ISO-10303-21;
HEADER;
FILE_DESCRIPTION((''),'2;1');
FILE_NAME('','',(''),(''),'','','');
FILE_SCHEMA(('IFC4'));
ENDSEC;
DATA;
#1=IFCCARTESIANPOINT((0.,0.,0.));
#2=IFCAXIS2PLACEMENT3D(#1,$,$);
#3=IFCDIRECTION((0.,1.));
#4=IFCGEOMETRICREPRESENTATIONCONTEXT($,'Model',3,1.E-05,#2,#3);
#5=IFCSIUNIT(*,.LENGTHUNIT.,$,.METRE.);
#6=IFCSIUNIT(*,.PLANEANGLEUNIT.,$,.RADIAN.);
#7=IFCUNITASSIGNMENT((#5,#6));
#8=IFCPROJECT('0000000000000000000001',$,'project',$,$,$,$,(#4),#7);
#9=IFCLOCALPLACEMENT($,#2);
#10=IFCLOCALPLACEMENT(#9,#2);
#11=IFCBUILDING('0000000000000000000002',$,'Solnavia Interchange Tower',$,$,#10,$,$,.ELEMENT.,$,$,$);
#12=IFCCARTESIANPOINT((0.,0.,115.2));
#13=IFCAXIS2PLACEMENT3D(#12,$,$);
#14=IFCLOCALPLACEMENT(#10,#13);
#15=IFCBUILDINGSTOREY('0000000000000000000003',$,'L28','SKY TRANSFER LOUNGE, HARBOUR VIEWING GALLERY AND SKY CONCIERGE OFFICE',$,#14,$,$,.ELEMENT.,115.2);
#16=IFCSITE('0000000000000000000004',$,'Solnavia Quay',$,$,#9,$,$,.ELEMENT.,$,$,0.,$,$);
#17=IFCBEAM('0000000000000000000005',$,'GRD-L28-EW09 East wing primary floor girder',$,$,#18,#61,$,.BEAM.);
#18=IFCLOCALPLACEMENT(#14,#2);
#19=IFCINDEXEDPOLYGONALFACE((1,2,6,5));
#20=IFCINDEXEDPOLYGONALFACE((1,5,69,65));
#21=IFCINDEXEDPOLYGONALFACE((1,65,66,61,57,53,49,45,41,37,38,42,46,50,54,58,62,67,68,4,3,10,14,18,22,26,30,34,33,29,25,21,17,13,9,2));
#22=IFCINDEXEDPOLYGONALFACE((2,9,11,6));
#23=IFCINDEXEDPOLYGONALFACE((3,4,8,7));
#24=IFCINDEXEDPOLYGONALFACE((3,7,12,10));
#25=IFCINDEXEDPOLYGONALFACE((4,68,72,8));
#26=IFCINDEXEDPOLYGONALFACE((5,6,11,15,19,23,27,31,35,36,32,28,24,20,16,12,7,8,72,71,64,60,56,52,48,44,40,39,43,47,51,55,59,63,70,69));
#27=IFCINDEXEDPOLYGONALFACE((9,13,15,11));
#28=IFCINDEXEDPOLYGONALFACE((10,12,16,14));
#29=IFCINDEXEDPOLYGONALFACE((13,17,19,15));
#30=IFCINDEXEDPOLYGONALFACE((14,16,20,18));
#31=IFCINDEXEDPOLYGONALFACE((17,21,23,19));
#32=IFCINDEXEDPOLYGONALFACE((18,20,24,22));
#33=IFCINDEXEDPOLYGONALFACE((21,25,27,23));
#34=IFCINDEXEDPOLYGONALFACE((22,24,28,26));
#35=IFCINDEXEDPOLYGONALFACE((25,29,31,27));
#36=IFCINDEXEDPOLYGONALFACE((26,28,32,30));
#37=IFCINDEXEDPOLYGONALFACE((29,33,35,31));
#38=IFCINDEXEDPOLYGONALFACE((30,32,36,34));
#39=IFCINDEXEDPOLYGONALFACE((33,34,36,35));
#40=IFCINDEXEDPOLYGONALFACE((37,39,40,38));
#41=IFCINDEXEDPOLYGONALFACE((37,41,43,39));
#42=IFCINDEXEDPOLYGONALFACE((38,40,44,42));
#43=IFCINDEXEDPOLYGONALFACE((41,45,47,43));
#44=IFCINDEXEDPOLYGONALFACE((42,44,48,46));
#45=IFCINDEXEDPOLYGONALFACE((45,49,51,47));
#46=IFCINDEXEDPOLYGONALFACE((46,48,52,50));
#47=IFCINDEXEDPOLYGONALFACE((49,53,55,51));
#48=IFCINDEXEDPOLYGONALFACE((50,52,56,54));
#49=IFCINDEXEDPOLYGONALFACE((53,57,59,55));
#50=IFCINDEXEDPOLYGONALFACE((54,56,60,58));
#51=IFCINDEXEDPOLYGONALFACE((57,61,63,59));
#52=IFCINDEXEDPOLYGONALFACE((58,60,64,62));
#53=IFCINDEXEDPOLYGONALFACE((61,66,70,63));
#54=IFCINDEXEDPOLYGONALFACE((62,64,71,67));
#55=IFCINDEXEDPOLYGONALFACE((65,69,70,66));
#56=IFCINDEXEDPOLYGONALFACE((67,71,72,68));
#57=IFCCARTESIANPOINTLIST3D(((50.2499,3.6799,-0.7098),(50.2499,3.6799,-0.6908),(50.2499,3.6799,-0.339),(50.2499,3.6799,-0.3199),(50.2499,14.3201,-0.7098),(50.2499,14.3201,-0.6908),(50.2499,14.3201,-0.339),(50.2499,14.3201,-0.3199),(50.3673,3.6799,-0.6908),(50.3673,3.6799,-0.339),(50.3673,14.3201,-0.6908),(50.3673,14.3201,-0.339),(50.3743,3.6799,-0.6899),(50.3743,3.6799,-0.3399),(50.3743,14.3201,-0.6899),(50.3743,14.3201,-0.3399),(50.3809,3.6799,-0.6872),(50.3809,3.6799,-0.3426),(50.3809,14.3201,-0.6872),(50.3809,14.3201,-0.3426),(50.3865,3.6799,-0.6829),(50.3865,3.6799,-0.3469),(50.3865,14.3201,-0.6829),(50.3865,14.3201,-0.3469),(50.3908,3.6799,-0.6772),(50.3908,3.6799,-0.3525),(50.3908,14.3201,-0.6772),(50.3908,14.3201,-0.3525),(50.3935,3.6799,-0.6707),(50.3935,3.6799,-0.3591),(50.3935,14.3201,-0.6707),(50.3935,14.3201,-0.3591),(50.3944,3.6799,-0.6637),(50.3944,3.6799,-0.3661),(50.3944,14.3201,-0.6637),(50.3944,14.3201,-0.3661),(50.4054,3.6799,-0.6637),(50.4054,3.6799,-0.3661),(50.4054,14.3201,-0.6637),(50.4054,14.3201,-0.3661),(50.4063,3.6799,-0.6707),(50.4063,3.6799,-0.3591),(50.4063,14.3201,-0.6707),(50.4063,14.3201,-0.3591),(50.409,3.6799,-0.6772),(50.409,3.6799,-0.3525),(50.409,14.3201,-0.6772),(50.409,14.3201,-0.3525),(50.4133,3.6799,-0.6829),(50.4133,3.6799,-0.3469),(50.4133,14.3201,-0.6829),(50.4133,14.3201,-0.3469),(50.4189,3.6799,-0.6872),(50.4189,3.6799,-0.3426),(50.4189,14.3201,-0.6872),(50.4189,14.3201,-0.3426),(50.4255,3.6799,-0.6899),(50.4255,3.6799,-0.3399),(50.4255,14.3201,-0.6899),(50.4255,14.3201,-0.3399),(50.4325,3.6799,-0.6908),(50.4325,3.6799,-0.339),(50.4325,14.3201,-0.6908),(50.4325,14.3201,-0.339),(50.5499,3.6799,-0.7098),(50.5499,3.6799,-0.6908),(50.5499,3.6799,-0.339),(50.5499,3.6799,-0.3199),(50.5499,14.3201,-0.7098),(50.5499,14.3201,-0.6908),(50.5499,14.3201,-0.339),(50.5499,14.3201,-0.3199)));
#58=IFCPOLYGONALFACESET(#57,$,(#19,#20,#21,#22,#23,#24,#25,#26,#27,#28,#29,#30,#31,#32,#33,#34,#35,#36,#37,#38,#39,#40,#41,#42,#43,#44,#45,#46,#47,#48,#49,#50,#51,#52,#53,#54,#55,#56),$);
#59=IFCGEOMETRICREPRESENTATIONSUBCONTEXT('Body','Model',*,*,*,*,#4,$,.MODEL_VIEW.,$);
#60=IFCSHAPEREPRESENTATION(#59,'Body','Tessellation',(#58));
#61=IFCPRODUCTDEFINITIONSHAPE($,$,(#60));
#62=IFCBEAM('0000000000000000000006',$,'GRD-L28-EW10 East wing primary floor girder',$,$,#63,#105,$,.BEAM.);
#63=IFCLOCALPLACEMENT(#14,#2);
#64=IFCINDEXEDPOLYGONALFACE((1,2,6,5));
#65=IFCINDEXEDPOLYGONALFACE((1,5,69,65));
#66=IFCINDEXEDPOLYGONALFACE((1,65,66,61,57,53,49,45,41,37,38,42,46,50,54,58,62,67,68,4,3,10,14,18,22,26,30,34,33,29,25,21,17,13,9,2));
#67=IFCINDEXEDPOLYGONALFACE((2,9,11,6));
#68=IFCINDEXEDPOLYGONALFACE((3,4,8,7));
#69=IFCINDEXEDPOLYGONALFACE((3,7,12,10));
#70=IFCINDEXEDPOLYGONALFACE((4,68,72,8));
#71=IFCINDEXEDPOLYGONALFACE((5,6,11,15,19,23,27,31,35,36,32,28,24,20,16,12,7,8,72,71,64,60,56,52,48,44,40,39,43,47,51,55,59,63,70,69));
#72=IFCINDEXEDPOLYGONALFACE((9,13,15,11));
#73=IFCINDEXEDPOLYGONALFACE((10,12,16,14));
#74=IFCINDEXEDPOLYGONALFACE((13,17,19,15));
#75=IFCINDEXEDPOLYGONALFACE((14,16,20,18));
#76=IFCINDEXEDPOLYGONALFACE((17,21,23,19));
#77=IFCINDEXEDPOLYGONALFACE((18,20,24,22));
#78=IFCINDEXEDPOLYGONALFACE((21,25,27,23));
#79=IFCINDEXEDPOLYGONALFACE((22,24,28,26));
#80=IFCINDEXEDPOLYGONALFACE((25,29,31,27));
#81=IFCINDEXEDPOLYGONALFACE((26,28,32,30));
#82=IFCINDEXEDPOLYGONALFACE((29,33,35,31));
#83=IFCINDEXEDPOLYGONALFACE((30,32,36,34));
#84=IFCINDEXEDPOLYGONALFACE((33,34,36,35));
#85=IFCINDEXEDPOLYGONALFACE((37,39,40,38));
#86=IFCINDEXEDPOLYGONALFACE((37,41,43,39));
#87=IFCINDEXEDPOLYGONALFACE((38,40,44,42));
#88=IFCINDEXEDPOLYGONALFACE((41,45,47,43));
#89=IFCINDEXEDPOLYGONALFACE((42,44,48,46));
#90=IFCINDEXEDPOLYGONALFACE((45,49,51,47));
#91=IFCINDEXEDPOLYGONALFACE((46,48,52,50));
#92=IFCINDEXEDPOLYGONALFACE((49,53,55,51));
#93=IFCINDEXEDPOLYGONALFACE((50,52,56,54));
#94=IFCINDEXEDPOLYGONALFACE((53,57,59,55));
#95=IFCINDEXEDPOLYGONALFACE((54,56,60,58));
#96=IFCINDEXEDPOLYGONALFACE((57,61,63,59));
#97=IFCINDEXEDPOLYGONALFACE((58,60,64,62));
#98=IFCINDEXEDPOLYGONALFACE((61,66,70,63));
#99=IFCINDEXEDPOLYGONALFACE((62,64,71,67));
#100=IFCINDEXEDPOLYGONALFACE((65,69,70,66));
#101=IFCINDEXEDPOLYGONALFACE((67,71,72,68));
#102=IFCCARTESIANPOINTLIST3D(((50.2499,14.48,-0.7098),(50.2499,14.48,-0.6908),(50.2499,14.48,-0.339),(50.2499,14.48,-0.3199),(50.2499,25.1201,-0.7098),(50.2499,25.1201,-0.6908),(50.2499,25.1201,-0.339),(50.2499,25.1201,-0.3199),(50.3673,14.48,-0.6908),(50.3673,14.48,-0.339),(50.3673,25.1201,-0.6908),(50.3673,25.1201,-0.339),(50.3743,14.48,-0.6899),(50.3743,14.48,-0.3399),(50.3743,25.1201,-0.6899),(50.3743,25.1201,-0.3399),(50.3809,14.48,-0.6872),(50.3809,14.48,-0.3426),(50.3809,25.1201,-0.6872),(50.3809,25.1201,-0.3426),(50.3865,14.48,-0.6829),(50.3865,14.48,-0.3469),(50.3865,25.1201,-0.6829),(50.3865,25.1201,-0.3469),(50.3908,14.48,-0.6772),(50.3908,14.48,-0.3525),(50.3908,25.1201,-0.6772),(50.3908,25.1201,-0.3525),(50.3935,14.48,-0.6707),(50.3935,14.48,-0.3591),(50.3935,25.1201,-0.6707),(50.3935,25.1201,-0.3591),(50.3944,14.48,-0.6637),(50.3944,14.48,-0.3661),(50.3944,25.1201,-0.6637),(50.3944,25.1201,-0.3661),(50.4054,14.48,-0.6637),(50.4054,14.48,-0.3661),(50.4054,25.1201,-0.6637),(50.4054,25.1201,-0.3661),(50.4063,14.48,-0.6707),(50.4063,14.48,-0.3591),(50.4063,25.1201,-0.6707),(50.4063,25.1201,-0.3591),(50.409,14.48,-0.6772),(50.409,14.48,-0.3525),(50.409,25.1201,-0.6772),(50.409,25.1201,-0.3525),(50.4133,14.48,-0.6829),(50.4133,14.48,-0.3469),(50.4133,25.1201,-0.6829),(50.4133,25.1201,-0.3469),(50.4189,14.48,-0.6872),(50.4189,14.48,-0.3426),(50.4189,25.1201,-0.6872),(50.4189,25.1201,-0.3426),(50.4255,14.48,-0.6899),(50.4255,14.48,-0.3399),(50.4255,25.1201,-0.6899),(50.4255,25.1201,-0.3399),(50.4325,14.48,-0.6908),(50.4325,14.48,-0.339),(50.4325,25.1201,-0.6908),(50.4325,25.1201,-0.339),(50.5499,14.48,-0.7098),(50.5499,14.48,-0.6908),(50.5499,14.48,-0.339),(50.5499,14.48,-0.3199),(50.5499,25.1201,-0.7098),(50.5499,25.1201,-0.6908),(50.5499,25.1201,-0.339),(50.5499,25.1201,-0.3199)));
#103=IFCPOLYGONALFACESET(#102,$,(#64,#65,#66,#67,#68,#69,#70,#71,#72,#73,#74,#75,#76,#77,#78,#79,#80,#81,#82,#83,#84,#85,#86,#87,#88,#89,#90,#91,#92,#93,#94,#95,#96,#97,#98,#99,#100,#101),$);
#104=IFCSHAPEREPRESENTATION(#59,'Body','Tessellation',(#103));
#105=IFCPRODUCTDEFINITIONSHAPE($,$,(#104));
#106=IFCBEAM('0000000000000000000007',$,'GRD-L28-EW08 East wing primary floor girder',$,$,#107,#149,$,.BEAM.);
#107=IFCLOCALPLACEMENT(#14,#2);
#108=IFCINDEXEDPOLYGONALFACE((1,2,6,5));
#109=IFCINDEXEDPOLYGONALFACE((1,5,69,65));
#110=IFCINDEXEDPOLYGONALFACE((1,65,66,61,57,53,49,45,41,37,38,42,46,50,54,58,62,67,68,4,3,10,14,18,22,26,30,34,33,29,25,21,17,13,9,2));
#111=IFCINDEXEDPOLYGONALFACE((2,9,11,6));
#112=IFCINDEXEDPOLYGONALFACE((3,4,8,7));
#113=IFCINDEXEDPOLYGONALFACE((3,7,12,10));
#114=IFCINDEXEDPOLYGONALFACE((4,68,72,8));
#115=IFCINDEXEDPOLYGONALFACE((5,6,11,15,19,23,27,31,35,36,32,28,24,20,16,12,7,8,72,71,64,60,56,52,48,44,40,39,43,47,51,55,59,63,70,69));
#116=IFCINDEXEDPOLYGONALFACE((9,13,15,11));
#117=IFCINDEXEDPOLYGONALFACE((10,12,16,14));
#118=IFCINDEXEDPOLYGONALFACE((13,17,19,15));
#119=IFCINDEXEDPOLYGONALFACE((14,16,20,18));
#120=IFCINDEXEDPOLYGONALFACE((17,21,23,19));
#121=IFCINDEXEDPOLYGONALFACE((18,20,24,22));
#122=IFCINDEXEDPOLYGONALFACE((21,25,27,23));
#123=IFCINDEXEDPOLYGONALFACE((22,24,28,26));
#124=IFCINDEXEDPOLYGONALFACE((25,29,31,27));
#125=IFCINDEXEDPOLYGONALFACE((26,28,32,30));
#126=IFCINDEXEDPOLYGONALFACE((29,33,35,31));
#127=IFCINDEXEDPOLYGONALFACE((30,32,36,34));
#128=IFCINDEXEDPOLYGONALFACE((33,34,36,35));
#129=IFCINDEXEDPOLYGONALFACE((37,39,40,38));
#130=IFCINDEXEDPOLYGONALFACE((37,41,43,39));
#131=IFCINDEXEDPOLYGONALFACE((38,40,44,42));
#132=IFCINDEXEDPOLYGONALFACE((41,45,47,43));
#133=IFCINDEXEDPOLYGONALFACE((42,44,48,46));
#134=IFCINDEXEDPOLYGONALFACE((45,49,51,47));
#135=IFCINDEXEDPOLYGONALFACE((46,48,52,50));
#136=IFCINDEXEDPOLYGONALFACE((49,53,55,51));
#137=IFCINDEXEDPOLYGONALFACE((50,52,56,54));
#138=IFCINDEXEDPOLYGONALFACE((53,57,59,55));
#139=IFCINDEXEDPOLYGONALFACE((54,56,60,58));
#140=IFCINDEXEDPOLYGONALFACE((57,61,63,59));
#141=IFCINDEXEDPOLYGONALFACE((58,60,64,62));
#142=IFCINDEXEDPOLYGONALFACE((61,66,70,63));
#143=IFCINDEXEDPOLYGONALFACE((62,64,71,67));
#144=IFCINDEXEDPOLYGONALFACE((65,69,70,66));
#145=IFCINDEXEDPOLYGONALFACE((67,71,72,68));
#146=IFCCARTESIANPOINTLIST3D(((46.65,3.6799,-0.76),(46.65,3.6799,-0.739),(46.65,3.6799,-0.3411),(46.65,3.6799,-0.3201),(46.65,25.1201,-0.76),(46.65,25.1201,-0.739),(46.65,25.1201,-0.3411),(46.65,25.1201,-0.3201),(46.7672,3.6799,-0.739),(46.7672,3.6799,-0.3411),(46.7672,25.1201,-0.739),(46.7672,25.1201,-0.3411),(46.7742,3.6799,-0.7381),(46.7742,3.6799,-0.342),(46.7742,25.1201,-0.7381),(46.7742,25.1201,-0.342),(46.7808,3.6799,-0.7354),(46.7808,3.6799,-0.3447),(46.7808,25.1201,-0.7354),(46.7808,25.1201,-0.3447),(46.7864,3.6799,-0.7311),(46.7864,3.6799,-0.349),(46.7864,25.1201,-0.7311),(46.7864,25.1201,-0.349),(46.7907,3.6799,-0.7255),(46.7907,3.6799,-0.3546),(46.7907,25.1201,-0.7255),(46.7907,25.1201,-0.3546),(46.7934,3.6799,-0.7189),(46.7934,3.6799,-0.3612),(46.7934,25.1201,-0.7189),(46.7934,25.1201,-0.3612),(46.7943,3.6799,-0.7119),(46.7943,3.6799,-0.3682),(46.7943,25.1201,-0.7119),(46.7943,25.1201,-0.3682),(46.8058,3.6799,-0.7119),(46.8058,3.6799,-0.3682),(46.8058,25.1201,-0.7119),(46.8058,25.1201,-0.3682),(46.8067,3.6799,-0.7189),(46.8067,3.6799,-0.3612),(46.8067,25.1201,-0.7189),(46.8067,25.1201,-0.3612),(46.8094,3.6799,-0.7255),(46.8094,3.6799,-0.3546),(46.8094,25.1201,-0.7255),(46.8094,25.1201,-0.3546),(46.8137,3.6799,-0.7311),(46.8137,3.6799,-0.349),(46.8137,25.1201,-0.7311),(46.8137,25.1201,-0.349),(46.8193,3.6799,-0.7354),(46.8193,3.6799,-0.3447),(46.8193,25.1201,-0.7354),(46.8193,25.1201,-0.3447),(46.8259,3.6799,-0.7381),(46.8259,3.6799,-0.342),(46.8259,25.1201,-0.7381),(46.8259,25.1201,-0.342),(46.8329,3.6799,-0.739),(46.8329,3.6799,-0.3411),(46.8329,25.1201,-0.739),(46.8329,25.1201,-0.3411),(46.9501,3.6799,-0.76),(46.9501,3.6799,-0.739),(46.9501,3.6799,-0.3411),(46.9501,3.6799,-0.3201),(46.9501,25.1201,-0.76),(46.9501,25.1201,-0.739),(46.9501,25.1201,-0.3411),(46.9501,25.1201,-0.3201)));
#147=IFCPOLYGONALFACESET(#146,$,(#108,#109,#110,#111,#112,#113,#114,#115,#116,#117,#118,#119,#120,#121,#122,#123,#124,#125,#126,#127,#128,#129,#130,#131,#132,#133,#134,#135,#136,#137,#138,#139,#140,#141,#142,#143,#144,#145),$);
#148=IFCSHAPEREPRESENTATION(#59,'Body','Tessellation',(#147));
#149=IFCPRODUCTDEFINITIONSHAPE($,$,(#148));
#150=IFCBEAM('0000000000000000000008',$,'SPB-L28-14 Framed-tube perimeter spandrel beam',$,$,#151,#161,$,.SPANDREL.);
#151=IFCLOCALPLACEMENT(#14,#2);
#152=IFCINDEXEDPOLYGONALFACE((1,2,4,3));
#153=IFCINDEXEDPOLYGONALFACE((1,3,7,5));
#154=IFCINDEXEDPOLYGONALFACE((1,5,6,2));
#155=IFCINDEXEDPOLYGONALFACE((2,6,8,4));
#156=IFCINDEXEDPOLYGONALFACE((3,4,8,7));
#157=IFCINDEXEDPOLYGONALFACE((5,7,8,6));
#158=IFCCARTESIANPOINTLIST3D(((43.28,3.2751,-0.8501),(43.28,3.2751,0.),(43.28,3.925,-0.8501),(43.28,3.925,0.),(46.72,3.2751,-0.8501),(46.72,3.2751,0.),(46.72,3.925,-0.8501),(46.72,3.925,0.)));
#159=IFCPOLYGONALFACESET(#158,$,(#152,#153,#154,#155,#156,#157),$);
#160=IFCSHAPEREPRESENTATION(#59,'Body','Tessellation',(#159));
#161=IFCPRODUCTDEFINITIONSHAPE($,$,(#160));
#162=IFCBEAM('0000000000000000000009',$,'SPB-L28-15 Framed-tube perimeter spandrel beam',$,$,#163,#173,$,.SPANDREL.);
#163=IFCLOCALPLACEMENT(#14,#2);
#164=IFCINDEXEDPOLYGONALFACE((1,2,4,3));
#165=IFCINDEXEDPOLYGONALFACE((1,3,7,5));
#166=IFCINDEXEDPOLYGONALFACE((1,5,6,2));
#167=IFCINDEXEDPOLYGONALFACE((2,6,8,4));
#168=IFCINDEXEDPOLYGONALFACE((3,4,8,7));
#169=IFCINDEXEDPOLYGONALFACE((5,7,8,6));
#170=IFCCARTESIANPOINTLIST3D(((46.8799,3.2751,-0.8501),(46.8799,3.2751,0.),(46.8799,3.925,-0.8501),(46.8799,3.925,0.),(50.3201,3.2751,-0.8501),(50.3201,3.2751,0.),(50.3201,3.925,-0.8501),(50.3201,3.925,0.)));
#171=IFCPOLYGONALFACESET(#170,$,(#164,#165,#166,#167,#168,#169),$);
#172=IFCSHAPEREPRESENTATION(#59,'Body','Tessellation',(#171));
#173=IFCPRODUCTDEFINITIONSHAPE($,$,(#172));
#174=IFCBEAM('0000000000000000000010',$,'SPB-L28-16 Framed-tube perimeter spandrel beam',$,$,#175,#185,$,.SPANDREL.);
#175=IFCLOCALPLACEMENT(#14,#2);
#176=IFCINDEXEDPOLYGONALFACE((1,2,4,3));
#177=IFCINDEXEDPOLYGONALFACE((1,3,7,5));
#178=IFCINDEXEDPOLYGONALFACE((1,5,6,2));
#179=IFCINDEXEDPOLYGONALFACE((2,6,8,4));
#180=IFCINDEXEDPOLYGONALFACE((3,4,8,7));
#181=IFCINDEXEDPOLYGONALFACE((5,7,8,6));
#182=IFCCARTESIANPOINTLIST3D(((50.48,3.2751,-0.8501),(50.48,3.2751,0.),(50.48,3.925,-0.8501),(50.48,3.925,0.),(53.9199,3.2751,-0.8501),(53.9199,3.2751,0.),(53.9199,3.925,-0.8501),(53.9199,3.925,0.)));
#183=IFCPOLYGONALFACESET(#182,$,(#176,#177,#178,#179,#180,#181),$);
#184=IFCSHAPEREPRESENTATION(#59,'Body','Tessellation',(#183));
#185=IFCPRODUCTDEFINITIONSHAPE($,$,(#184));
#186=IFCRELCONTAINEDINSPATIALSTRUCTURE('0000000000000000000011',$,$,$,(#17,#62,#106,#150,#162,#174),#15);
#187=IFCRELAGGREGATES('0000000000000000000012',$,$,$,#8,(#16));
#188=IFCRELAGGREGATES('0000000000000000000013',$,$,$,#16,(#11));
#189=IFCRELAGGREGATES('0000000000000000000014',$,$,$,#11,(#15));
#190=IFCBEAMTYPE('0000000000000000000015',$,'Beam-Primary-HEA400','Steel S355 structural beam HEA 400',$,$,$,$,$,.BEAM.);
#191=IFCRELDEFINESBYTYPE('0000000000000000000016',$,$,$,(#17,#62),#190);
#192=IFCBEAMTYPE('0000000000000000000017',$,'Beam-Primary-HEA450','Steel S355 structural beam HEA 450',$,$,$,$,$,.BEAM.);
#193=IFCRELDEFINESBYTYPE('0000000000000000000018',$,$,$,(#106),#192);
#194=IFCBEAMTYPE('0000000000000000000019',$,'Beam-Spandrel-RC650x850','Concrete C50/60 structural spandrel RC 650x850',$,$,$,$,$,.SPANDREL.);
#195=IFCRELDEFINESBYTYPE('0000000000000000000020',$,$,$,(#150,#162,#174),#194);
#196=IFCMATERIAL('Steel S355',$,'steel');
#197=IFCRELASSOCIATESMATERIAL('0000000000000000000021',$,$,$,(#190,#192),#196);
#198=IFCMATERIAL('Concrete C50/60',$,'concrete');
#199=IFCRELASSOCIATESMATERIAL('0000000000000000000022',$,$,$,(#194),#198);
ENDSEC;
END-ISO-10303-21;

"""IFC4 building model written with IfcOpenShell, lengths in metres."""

from ifc_helpers import new_model, si_unit, direction, frame, origin, origin_2d, place, context, subcontext, project, spatial, rectangle, i_section, extrude, material, material_profile, profile_set, type_object, element, save


model = new_model("IFC4")

# Units and contexts
model_context = context("Model", 3, precision=1e-05, world=origin(), true_north=direction((0.0, 1.0)))
body_context = subcontext(model_context, "Body", "Model", "MODEL_VIEW")
ifc_project = project(units=[si_unit("LENGTHUNIT", "METRE"), si_unit("PLANEANGLEUNIT", "RADIAN")], contexts=[model_context])

# Site, building, storey
site_placement = place(None, origin())
site = spatial("IfcSite", under=ifc_project, at=site_placement, Name="Solnavia Quay", CompositionType="ELEMENT", RefElevation=0.0)
building_placement = place(site_placement, origin())
building = spatial("IfcBuilding", under=site, at=building_placement, Name="Solnavia Interchange Tower", CompositionType="ELEMENT")
storey_placement = place(building_placement, frame((0.0, 0.0, 115.2)))
storey = spatial("IfcBuildingStorey", under=building, at=storey_placement, Name="L28", Description="SKY TRANSFER LOUNGE, HARBOUR VIEWING GALLERY AND SKY CONCIERGE OFFICE", CompositionType="ELEMENT", Elevation=115.2)

# Shared definitions
ifc_material_1 = material(Name="Concrete C50/60", Category="concrete")
ifc_material_2 = material(Name="Steel S355", Category="steel")

# Beams
ifc_material_profile_1 = material_profile(ifc_material_2, i_section(OverallWidth=0.3, OverallDepth=0.3899, WebThickness=0.011, FlangeThickness=0.019, FilletRadius=0.0271, at=origin_2d()), Name="HEA 400")
ifc_profile_set_1 = profile_set([ifc_material_profile_1], Name="Steel S355")
beam_type_1 = type_object("IfcBeamType", Name="Beam-Primary-HEA400", Description="Steel S355 structural beam HEA 400", PredefinedType="BEAM", material=ifc_profile_set_1)
for number, where, z_axis, x_axis, name in (
    (1, (50.3999, 3.6799, -0.5149), (0.0, 1.0, 0.0), (-1.0, 0.0, 0.0), "GRD-L28-EW09 East wing primary floor girder"),
    (2, (50.3999, 14.48, -0.5149), (0.0, 1.0, 0.0), (-1.0, 0.0, 0.0), "GRD-L28-EW10 East wing primary floor girder"),
):
    element("IfcBeam", number, at=place(storey_placement, frame(where, z_axis=z_axis, x_axis=x_axis)), inside=storey, type_object=beam_type_1, Name=name, PredefinedType="BEAM", context=body_context, shape_type="SweptSolid", body=[
        extrude(i_section(OverallWidth=0.3, OverallDepth=0.3899, WebThickness=0.011, FlangeThickness=0.019, FilletRadius=0.0271, at=origin_2d()), origin(), (0.0, 0.0, 1.0), 10.6401),
    ])
ifc_material_profile_2 = material_profile(ifc_material_2, i_section(OverallWidth=0.3, OverallDepth=0.4399, WebThickness=0.0115, FlangeThickness=0.021, FilletRadius=0.0271, at=origin_2d()), Name="HEA 450")
ifc_profile_set_2 = profile_set([ifc_material_profile_2], Name="Steel S355")
beam_type_2 = type_object("IfcBeamType", Name="Beam-Primary-HEA450", Description="Steel S355 structural beam HEA 450", PredefinedType="BEAM", material=ifc_profile_set_2)
beam_1_placement = place(storey_placement, frame((46.8, 3.6799, -0.54), z_axis=(0.0, 1.0, 0.0), x_axis=(-1.0, 0.0, 0.0)))
element("IfcBeam", 3, at=beam_1_placement, inside=storey, type_object=beam_type_2, Name="GRD-L28-EW08 East wing primary floor girder", PredefinedType="BEAM", context=body_context, shape_type="SweptSolid", body=[
    extrude(i_section(OverallWidth=0.3, OverallDepth=0.4399, WebThickness=0.0115, FlangeThickness=0.021, FilletRadius=0.0271, at=origin_2d()), origin(), (0.0, 0.0, 1.0), 21.4402),
])
ifc_material_profile_3 = material_profile(ifc_material_1, rectangle(XDim=0.6499, YDim=0.8501, at=origin_2d()), Name="RC 650x850")
ifc_profile_set_3 = profile_set([ifc_material_profile_3], Name="Concrete C50/60")
beam_type_3 = type_object("IfcBeamType", Name="Beam-Spandrel-RC650x850", Description="Concrete C50/60 structural spandrel RC 650x850", PredefinedType="SPANDREL", material=ifc_profile_set_3)
beam_2_placement = place(storey_placement, frame((43.28, 3.6001, -0.425), z_axis=(1.0, 0.0, 0.0), x_axis=(0.0, 1.0, 0.0)))
element("IfcBeam", 4, at=beam_2_placement, inside=storey, type_object=beam_type_3, Name="SPB-L28-14 Framed-tube perimeter spandrel beam", PredefinedType="SPANDREL", context=body_context, shape_type="SweptSolid", body=[
    extrude(rectangle(XDim=0.6499, YDim=0.8501, at=origin_2d()), origin(), (0.0, 0.0, 1.0), 3.4399),
])
beam_3_placement = place(storey_placement, frame((46.8799, 3.6001, -0.425), z_axis=(1.0, 0.0, 0.0), x_axis=(0.0, 1.0, 0.0)))
element("IfcBeam", 5, at=beam_3_placement, inside=storey, type_object=beam_type_3, Name="SPB-L28-15 Framed-tube perimeter spandrel beam", PredefinedType="SPANDREL", context=body_context, shape_type="SweptSolid", body=[
    extrude(rectangle(XDim=0.6499, YDim=0.8501, at=origin_2d()), origin(), (0.0, 0.0, 1.0), 3.4402),
])
beam_4_placement = place(storey_placement, frame((50.48, 3.6001, -0.425), z_axis=(1.0, 0.0, 0.0), x_axis=(0.0, 1.0, 0.0)))
element("IfcBeam", 6, at=beam_4_placement, inside=storey, type_object=beam_type_3, Name="SPB-L28-16 Framed-tube perimeter spandrel beam", PredefinedType="SPANDREL", context=body_context, shape_type="SweptSolid", body=[
    extrude(rectangle(XDim=0.6499, YDim=0.8501, at=origin_2d()), origin(), (0.0, 0.0, 1.0), 3.4399),
])

save(model, "model.ifc")
